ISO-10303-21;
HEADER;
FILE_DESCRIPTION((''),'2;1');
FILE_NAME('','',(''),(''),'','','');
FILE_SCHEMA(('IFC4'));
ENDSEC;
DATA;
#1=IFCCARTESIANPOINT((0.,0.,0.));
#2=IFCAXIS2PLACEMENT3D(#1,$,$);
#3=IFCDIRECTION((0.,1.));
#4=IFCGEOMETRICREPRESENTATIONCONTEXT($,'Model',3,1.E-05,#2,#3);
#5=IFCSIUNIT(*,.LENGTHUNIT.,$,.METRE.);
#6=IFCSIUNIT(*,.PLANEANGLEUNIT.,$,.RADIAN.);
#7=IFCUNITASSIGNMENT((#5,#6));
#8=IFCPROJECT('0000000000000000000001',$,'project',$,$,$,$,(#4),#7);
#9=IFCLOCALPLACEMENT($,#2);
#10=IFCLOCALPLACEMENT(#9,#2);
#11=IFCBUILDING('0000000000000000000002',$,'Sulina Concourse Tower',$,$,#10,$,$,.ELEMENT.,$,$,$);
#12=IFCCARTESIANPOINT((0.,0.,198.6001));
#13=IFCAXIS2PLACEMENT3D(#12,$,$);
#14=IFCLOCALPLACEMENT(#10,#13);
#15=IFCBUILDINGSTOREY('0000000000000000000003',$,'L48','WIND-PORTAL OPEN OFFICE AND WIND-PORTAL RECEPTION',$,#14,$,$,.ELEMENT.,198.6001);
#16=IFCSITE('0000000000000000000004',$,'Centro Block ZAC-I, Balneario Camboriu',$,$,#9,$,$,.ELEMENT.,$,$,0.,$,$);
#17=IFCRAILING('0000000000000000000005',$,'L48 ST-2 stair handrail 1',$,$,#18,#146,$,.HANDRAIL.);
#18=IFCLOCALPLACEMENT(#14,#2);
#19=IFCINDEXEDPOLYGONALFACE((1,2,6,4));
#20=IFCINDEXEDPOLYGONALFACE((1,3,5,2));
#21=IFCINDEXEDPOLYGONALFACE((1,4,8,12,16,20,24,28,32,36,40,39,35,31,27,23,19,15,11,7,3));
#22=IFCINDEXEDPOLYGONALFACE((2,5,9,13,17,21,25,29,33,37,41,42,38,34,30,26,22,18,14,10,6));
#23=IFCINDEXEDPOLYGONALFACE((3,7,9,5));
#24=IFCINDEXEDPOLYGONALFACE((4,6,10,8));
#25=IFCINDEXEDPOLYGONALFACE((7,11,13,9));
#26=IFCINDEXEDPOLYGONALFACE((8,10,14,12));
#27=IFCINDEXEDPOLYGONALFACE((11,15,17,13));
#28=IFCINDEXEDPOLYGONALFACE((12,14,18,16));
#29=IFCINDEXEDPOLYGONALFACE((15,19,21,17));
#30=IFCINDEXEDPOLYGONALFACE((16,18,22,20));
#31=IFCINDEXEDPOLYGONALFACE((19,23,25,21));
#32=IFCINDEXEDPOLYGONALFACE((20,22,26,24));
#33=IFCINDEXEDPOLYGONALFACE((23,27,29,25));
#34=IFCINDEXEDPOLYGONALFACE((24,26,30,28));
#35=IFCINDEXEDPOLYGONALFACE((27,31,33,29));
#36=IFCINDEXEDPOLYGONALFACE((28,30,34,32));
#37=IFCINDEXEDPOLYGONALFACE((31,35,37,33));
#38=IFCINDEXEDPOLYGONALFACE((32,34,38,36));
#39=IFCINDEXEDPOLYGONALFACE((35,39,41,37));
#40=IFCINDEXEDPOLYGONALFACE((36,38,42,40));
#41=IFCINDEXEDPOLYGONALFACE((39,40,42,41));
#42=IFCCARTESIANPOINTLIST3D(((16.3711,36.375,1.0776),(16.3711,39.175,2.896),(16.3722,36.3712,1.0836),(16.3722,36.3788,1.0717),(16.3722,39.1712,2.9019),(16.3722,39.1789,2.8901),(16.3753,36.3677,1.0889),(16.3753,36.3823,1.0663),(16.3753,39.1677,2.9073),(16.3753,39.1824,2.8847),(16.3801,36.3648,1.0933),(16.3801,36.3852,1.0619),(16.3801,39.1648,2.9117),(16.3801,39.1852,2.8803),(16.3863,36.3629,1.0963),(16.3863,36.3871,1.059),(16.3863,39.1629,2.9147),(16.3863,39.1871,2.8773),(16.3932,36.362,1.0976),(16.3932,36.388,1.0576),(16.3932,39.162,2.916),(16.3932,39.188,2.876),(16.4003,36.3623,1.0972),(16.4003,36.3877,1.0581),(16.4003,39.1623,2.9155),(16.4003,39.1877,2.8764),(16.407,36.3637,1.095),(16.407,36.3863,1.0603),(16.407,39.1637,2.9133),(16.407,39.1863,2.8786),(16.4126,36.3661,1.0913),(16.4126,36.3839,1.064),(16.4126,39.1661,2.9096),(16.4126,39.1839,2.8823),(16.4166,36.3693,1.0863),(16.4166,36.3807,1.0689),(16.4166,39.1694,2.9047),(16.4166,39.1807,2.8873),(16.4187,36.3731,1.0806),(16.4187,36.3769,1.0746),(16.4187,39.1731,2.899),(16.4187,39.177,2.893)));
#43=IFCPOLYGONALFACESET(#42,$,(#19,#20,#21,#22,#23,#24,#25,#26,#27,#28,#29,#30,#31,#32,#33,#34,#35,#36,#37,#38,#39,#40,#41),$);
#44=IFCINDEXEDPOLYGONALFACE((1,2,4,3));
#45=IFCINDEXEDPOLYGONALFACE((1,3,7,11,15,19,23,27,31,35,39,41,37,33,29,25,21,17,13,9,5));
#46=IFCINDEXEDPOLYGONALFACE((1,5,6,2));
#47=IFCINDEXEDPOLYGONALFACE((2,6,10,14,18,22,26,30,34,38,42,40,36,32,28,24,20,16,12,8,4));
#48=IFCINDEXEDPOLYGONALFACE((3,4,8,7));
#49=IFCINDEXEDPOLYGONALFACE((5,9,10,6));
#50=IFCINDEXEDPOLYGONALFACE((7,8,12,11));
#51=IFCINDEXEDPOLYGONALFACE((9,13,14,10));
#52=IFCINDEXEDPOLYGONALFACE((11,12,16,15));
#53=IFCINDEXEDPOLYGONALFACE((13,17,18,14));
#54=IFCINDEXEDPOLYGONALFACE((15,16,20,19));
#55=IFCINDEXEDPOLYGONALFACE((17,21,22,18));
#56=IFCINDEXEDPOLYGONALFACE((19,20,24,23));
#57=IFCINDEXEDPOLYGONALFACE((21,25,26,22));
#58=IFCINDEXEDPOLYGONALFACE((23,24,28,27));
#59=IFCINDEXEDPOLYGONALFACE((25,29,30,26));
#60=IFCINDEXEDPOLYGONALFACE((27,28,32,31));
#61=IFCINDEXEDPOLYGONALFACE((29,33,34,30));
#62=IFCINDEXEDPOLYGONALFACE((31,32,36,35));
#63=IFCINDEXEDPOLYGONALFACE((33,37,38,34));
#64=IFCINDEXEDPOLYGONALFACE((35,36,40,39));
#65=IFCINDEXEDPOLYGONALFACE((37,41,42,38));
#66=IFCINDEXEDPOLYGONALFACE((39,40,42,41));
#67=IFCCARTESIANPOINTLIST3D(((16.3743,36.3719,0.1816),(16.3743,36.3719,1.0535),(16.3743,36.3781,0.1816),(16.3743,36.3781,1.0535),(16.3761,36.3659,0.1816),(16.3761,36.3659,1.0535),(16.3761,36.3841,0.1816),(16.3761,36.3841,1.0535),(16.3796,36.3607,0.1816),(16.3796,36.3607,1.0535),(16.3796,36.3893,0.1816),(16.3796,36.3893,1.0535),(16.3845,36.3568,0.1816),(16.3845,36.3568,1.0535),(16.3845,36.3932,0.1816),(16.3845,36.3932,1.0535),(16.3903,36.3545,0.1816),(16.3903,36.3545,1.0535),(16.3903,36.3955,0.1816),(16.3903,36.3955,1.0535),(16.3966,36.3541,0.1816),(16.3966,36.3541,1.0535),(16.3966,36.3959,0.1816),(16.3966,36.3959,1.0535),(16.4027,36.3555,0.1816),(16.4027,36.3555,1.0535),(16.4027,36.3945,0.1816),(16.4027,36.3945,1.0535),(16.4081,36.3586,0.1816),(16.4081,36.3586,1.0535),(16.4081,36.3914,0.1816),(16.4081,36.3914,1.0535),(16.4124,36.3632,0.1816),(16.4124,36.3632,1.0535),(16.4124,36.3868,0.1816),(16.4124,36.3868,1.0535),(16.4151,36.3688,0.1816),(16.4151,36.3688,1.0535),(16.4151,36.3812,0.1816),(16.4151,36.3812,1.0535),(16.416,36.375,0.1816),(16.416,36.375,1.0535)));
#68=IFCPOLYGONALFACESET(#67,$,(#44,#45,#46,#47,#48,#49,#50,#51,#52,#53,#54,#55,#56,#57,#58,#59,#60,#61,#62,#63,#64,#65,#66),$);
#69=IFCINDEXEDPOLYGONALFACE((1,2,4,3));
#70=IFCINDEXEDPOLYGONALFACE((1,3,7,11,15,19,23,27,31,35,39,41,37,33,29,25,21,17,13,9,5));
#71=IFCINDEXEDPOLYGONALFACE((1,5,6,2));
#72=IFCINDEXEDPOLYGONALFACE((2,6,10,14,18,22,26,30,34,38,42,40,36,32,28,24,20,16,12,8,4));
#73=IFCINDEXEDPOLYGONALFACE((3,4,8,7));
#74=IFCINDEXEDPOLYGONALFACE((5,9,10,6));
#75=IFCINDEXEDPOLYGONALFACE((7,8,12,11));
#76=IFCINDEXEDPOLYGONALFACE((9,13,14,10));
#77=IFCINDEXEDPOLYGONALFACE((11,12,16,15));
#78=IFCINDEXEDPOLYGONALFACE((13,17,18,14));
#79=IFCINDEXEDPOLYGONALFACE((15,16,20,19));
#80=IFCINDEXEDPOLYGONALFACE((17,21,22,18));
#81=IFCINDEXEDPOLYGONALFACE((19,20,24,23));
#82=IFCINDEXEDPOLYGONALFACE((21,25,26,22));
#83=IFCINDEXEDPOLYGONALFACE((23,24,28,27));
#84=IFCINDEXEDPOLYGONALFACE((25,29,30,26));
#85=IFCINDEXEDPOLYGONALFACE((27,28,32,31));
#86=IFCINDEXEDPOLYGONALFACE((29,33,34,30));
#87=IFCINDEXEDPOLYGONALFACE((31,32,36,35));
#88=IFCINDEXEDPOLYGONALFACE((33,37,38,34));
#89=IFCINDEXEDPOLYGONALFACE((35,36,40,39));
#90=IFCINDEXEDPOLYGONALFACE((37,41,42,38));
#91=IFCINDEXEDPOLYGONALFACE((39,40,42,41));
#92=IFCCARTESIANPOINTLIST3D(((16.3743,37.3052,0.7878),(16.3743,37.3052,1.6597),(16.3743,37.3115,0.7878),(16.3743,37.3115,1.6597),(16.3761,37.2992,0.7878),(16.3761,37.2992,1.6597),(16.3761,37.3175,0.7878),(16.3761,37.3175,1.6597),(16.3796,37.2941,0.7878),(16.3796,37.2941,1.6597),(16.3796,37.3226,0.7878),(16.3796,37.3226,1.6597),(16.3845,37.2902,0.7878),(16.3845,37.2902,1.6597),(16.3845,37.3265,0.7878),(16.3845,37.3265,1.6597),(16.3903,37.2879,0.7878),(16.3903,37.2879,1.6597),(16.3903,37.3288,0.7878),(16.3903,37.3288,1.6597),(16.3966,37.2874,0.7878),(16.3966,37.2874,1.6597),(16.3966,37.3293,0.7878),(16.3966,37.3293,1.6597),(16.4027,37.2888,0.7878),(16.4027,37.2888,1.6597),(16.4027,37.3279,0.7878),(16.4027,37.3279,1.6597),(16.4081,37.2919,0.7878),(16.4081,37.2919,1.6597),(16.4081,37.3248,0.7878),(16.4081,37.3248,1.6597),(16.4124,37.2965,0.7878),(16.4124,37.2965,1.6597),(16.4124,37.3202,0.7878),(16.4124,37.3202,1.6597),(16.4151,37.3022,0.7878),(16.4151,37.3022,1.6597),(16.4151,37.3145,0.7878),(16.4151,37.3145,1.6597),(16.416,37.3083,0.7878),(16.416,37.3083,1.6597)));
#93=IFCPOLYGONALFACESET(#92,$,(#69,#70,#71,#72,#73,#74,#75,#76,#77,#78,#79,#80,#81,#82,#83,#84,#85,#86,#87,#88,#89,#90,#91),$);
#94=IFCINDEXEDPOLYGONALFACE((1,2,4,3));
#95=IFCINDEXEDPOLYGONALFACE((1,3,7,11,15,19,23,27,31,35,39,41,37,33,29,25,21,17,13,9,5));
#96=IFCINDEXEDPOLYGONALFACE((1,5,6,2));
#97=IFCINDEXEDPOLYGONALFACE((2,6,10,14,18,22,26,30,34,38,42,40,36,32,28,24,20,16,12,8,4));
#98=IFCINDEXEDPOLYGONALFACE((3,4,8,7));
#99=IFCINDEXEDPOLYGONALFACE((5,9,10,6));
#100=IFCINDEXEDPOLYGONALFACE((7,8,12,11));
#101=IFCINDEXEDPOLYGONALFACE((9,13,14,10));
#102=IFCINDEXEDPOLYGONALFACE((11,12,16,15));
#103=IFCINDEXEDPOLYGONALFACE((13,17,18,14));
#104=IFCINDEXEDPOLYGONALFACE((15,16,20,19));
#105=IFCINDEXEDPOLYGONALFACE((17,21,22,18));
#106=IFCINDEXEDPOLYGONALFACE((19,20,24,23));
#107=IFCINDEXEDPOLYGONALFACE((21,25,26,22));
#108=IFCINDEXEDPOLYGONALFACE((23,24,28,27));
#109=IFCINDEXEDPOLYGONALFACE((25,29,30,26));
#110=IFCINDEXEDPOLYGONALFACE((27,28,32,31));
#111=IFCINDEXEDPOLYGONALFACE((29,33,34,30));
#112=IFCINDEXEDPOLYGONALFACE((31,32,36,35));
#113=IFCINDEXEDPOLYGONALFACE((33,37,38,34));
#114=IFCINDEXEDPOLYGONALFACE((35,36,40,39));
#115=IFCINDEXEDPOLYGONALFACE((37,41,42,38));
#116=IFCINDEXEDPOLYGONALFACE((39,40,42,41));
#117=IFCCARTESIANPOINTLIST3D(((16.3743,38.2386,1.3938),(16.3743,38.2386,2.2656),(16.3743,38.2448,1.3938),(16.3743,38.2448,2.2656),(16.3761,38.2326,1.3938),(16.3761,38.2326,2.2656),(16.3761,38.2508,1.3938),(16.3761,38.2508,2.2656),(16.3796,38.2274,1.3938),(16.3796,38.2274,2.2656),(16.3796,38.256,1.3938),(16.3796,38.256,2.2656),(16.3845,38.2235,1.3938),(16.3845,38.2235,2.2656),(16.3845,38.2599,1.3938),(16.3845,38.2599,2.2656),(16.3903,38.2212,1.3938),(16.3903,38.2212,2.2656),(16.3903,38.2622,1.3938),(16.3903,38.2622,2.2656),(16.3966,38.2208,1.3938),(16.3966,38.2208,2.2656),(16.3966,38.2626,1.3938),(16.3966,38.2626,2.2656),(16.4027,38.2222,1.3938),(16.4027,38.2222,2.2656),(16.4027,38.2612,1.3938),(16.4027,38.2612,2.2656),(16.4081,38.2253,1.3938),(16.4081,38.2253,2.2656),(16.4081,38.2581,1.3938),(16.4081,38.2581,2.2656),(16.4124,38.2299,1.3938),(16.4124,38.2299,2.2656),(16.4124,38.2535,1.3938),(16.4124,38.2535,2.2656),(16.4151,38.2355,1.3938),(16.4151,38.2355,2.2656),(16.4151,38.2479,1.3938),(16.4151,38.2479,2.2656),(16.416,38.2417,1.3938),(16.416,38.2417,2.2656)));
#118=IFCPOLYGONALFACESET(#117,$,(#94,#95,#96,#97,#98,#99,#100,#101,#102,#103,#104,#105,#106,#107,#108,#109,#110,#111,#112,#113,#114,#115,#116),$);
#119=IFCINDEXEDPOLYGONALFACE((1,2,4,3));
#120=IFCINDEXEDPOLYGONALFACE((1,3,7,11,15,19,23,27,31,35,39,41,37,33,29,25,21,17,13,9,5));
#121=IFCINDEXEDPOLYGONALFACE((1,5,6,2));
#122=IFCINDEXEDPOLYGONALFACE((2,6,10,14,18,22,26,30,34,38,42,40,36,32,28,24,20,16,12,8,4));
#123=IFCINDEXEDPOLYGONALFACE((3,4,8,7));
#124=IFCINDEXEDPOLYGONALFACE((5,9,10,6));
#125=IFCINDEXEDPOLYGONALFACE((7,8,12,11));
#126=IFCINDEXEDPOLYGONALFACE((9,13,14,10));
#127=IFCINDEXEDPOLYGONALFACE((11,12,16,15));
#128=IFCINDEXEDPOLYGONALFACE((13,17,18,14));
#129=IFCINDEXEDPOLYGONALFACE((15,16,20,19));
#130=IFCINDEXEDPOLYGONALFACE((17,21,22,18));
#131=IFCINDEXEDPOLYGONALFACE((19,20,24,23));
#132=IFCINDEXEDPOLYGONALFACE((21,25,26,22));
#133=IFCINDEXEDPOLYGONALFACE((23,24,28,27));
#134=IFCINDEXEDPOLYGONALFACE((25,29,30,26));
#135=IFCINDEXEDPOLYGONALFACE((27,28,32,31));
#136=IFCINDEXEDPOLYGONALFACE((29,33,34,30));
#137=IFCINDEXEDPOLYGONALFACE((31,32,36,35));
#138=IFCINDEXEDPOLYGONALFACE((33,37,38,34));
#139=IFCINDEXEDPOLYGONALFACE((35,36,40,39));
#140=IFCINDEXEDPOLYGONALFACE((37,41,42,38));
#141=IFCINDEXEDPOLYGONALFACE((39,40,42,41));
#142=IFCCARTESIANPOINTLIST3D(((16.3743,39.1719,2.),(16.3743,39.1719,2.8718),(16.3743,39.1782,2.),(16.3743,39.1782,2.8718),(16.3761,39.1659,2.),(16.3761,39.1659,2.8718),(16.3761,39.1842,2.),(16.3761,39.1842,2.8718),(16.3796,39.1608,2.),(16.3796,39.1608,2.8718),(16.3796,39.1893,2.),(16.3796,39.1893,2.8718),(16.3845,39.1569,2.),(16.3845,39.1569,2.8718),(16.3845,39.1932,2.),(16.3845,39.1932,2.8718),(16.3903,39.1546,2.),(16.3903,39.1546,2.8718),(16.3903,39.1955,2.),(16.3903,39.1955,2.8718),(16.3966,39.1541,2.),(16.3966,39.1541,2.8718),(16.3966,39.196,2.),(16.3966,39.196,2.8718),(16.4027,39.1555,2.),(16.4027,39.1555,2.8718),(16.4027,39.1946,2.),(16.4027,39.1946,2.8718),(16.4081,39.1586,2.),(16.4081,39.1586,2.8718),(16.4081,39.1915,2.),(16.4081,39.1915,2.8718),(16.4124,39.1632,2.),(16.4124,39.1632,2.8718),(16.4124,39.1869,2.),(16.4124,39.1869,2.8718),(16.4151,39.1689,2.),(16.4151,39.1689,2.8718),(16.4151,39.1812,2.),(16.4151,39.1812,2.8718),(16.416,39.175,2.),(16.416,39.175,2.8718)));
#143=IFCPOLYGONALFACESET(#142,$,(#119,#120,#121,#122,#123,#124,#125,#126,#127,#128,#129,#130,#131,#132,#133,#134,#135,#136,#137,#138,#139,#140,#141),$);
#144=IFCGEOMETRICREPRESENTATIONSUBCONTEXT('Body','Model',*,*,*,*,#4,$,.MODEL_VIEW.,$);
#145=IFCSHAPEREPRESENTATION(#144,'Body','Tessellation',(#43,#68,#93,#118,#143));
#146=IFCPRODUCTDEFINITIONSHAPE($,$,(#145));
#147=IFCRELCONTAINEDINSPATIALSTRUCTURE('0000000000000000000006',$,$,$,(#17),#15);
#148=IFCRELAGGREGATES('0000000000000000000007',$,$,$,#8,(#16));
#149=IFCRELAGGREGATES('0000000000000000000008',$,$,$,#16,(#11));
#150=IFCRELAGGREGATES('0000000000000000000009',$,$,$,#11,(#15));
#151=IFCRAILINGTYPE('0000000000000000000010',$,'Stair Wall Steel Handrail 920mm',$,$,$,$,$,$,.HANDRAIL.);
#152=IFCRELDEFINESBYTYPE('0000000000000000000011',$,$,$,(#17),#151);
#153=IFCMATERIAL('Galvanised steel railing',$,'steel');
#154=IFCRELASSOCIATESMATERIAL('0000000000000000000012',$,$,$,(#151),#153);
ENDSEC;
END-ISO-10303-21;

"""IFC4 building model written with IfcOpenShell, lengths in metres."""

from ifc_helpers import new_model, si_unit, direction, frame, origin, origin_2d, place, context, subcontext, project, spatial, circle, extrude, material, type_object, element, save


model = new_model("IFC4")

# Units and contexts
model_context = context("Model", 3, precision=1e-05, world=origin(), true_north=direction((0.0, 1.0)))
body_context = subcontext(model_context, "Body", "Model", "MODEL_VIEW")
ifc_project = project(units=[si_unit("LENGTHUNIT", "METRE"), si_unit("PLANEANGLEUNIT", "RADIAN")], contexts=[model_context])

# Site, building, storey
site_placement = place(None, origin())
site = spatial("IfcSite", under=ifc_project, at=site_placement, Name="Centro Block ZAC-I, Balneario Camboriu", CompositionType="ELEMENT", RefElevation=0.0)
building_placement = place(site_placement, origin())
building = spatial("IfcBuilding", under=site, at=building_placement, Name="Sulina Concourse Tower", CompositionType="ELEMENT")
storey_placement = place(building_placement, frame((0.0, 0.0, 198.6001)))
storey = spatial("IfcBuildingStorey", under=building, at=storey_placement, Name="L48", Description="WIND-PORTAL OPEN OFFICE AND WIND-PORTAL RECEPTION", CompositionType="ELEMENT", Elevation=198.6001)

# Railing
ifc_material_1 = material(Name="Galvanised steel railing", Category="steel")
railing_type_1 = type_object("IfcRailingType", Name="Stair Wall Steel Handrail 920mm", PredefinedType="HANDRAIL", material=ifc_material_1)
railing_1_placement = place(storey_placement, frame((16.395, 36.375, 0.1816)))
element("IfcRailing", 1, at=railing_1_placement, inside=storey, type_object=railing_type_1, Name="L48 ST-2 stair handrail 1", PredefinedType="HANDRAIL", context=body_context, shape_type="SweptSolid", body=[
    extrude(circle(Radius=0.0239, at=origin_2d()), frame((0.0, 0.0, 0.896), z_axis=(0.0, 0.838672, 0.544636), x_axis=(-1.0, 0.0, 0.0)), (0.0, 0.0, 1.0), 3.3386),
    extrude(circle(Radius=0.021, at=origin_2d()), origin(), (0.0, 0.0, 1.0), 0.8718),
    extrude(circle(Radius=0.021, at=origin_2d()), frame((0.0, 0.9333, 0.6062)), (0.0, 0.0, 1.0), 0.8718),
    extrude(circle(Radius=0.021, at=origin_2d()), frame((0.0, 1.8667, 1.2122)), (0.0, 0.0, 1.0), 0.8718),
    extrude(circle(Radius=0.021, at=origin_2d()), frame((0.0, 2.8, 1.8184)), (0.0, 0.0, 1.0), 0.8718),
])

save(model, "model.ifc")
